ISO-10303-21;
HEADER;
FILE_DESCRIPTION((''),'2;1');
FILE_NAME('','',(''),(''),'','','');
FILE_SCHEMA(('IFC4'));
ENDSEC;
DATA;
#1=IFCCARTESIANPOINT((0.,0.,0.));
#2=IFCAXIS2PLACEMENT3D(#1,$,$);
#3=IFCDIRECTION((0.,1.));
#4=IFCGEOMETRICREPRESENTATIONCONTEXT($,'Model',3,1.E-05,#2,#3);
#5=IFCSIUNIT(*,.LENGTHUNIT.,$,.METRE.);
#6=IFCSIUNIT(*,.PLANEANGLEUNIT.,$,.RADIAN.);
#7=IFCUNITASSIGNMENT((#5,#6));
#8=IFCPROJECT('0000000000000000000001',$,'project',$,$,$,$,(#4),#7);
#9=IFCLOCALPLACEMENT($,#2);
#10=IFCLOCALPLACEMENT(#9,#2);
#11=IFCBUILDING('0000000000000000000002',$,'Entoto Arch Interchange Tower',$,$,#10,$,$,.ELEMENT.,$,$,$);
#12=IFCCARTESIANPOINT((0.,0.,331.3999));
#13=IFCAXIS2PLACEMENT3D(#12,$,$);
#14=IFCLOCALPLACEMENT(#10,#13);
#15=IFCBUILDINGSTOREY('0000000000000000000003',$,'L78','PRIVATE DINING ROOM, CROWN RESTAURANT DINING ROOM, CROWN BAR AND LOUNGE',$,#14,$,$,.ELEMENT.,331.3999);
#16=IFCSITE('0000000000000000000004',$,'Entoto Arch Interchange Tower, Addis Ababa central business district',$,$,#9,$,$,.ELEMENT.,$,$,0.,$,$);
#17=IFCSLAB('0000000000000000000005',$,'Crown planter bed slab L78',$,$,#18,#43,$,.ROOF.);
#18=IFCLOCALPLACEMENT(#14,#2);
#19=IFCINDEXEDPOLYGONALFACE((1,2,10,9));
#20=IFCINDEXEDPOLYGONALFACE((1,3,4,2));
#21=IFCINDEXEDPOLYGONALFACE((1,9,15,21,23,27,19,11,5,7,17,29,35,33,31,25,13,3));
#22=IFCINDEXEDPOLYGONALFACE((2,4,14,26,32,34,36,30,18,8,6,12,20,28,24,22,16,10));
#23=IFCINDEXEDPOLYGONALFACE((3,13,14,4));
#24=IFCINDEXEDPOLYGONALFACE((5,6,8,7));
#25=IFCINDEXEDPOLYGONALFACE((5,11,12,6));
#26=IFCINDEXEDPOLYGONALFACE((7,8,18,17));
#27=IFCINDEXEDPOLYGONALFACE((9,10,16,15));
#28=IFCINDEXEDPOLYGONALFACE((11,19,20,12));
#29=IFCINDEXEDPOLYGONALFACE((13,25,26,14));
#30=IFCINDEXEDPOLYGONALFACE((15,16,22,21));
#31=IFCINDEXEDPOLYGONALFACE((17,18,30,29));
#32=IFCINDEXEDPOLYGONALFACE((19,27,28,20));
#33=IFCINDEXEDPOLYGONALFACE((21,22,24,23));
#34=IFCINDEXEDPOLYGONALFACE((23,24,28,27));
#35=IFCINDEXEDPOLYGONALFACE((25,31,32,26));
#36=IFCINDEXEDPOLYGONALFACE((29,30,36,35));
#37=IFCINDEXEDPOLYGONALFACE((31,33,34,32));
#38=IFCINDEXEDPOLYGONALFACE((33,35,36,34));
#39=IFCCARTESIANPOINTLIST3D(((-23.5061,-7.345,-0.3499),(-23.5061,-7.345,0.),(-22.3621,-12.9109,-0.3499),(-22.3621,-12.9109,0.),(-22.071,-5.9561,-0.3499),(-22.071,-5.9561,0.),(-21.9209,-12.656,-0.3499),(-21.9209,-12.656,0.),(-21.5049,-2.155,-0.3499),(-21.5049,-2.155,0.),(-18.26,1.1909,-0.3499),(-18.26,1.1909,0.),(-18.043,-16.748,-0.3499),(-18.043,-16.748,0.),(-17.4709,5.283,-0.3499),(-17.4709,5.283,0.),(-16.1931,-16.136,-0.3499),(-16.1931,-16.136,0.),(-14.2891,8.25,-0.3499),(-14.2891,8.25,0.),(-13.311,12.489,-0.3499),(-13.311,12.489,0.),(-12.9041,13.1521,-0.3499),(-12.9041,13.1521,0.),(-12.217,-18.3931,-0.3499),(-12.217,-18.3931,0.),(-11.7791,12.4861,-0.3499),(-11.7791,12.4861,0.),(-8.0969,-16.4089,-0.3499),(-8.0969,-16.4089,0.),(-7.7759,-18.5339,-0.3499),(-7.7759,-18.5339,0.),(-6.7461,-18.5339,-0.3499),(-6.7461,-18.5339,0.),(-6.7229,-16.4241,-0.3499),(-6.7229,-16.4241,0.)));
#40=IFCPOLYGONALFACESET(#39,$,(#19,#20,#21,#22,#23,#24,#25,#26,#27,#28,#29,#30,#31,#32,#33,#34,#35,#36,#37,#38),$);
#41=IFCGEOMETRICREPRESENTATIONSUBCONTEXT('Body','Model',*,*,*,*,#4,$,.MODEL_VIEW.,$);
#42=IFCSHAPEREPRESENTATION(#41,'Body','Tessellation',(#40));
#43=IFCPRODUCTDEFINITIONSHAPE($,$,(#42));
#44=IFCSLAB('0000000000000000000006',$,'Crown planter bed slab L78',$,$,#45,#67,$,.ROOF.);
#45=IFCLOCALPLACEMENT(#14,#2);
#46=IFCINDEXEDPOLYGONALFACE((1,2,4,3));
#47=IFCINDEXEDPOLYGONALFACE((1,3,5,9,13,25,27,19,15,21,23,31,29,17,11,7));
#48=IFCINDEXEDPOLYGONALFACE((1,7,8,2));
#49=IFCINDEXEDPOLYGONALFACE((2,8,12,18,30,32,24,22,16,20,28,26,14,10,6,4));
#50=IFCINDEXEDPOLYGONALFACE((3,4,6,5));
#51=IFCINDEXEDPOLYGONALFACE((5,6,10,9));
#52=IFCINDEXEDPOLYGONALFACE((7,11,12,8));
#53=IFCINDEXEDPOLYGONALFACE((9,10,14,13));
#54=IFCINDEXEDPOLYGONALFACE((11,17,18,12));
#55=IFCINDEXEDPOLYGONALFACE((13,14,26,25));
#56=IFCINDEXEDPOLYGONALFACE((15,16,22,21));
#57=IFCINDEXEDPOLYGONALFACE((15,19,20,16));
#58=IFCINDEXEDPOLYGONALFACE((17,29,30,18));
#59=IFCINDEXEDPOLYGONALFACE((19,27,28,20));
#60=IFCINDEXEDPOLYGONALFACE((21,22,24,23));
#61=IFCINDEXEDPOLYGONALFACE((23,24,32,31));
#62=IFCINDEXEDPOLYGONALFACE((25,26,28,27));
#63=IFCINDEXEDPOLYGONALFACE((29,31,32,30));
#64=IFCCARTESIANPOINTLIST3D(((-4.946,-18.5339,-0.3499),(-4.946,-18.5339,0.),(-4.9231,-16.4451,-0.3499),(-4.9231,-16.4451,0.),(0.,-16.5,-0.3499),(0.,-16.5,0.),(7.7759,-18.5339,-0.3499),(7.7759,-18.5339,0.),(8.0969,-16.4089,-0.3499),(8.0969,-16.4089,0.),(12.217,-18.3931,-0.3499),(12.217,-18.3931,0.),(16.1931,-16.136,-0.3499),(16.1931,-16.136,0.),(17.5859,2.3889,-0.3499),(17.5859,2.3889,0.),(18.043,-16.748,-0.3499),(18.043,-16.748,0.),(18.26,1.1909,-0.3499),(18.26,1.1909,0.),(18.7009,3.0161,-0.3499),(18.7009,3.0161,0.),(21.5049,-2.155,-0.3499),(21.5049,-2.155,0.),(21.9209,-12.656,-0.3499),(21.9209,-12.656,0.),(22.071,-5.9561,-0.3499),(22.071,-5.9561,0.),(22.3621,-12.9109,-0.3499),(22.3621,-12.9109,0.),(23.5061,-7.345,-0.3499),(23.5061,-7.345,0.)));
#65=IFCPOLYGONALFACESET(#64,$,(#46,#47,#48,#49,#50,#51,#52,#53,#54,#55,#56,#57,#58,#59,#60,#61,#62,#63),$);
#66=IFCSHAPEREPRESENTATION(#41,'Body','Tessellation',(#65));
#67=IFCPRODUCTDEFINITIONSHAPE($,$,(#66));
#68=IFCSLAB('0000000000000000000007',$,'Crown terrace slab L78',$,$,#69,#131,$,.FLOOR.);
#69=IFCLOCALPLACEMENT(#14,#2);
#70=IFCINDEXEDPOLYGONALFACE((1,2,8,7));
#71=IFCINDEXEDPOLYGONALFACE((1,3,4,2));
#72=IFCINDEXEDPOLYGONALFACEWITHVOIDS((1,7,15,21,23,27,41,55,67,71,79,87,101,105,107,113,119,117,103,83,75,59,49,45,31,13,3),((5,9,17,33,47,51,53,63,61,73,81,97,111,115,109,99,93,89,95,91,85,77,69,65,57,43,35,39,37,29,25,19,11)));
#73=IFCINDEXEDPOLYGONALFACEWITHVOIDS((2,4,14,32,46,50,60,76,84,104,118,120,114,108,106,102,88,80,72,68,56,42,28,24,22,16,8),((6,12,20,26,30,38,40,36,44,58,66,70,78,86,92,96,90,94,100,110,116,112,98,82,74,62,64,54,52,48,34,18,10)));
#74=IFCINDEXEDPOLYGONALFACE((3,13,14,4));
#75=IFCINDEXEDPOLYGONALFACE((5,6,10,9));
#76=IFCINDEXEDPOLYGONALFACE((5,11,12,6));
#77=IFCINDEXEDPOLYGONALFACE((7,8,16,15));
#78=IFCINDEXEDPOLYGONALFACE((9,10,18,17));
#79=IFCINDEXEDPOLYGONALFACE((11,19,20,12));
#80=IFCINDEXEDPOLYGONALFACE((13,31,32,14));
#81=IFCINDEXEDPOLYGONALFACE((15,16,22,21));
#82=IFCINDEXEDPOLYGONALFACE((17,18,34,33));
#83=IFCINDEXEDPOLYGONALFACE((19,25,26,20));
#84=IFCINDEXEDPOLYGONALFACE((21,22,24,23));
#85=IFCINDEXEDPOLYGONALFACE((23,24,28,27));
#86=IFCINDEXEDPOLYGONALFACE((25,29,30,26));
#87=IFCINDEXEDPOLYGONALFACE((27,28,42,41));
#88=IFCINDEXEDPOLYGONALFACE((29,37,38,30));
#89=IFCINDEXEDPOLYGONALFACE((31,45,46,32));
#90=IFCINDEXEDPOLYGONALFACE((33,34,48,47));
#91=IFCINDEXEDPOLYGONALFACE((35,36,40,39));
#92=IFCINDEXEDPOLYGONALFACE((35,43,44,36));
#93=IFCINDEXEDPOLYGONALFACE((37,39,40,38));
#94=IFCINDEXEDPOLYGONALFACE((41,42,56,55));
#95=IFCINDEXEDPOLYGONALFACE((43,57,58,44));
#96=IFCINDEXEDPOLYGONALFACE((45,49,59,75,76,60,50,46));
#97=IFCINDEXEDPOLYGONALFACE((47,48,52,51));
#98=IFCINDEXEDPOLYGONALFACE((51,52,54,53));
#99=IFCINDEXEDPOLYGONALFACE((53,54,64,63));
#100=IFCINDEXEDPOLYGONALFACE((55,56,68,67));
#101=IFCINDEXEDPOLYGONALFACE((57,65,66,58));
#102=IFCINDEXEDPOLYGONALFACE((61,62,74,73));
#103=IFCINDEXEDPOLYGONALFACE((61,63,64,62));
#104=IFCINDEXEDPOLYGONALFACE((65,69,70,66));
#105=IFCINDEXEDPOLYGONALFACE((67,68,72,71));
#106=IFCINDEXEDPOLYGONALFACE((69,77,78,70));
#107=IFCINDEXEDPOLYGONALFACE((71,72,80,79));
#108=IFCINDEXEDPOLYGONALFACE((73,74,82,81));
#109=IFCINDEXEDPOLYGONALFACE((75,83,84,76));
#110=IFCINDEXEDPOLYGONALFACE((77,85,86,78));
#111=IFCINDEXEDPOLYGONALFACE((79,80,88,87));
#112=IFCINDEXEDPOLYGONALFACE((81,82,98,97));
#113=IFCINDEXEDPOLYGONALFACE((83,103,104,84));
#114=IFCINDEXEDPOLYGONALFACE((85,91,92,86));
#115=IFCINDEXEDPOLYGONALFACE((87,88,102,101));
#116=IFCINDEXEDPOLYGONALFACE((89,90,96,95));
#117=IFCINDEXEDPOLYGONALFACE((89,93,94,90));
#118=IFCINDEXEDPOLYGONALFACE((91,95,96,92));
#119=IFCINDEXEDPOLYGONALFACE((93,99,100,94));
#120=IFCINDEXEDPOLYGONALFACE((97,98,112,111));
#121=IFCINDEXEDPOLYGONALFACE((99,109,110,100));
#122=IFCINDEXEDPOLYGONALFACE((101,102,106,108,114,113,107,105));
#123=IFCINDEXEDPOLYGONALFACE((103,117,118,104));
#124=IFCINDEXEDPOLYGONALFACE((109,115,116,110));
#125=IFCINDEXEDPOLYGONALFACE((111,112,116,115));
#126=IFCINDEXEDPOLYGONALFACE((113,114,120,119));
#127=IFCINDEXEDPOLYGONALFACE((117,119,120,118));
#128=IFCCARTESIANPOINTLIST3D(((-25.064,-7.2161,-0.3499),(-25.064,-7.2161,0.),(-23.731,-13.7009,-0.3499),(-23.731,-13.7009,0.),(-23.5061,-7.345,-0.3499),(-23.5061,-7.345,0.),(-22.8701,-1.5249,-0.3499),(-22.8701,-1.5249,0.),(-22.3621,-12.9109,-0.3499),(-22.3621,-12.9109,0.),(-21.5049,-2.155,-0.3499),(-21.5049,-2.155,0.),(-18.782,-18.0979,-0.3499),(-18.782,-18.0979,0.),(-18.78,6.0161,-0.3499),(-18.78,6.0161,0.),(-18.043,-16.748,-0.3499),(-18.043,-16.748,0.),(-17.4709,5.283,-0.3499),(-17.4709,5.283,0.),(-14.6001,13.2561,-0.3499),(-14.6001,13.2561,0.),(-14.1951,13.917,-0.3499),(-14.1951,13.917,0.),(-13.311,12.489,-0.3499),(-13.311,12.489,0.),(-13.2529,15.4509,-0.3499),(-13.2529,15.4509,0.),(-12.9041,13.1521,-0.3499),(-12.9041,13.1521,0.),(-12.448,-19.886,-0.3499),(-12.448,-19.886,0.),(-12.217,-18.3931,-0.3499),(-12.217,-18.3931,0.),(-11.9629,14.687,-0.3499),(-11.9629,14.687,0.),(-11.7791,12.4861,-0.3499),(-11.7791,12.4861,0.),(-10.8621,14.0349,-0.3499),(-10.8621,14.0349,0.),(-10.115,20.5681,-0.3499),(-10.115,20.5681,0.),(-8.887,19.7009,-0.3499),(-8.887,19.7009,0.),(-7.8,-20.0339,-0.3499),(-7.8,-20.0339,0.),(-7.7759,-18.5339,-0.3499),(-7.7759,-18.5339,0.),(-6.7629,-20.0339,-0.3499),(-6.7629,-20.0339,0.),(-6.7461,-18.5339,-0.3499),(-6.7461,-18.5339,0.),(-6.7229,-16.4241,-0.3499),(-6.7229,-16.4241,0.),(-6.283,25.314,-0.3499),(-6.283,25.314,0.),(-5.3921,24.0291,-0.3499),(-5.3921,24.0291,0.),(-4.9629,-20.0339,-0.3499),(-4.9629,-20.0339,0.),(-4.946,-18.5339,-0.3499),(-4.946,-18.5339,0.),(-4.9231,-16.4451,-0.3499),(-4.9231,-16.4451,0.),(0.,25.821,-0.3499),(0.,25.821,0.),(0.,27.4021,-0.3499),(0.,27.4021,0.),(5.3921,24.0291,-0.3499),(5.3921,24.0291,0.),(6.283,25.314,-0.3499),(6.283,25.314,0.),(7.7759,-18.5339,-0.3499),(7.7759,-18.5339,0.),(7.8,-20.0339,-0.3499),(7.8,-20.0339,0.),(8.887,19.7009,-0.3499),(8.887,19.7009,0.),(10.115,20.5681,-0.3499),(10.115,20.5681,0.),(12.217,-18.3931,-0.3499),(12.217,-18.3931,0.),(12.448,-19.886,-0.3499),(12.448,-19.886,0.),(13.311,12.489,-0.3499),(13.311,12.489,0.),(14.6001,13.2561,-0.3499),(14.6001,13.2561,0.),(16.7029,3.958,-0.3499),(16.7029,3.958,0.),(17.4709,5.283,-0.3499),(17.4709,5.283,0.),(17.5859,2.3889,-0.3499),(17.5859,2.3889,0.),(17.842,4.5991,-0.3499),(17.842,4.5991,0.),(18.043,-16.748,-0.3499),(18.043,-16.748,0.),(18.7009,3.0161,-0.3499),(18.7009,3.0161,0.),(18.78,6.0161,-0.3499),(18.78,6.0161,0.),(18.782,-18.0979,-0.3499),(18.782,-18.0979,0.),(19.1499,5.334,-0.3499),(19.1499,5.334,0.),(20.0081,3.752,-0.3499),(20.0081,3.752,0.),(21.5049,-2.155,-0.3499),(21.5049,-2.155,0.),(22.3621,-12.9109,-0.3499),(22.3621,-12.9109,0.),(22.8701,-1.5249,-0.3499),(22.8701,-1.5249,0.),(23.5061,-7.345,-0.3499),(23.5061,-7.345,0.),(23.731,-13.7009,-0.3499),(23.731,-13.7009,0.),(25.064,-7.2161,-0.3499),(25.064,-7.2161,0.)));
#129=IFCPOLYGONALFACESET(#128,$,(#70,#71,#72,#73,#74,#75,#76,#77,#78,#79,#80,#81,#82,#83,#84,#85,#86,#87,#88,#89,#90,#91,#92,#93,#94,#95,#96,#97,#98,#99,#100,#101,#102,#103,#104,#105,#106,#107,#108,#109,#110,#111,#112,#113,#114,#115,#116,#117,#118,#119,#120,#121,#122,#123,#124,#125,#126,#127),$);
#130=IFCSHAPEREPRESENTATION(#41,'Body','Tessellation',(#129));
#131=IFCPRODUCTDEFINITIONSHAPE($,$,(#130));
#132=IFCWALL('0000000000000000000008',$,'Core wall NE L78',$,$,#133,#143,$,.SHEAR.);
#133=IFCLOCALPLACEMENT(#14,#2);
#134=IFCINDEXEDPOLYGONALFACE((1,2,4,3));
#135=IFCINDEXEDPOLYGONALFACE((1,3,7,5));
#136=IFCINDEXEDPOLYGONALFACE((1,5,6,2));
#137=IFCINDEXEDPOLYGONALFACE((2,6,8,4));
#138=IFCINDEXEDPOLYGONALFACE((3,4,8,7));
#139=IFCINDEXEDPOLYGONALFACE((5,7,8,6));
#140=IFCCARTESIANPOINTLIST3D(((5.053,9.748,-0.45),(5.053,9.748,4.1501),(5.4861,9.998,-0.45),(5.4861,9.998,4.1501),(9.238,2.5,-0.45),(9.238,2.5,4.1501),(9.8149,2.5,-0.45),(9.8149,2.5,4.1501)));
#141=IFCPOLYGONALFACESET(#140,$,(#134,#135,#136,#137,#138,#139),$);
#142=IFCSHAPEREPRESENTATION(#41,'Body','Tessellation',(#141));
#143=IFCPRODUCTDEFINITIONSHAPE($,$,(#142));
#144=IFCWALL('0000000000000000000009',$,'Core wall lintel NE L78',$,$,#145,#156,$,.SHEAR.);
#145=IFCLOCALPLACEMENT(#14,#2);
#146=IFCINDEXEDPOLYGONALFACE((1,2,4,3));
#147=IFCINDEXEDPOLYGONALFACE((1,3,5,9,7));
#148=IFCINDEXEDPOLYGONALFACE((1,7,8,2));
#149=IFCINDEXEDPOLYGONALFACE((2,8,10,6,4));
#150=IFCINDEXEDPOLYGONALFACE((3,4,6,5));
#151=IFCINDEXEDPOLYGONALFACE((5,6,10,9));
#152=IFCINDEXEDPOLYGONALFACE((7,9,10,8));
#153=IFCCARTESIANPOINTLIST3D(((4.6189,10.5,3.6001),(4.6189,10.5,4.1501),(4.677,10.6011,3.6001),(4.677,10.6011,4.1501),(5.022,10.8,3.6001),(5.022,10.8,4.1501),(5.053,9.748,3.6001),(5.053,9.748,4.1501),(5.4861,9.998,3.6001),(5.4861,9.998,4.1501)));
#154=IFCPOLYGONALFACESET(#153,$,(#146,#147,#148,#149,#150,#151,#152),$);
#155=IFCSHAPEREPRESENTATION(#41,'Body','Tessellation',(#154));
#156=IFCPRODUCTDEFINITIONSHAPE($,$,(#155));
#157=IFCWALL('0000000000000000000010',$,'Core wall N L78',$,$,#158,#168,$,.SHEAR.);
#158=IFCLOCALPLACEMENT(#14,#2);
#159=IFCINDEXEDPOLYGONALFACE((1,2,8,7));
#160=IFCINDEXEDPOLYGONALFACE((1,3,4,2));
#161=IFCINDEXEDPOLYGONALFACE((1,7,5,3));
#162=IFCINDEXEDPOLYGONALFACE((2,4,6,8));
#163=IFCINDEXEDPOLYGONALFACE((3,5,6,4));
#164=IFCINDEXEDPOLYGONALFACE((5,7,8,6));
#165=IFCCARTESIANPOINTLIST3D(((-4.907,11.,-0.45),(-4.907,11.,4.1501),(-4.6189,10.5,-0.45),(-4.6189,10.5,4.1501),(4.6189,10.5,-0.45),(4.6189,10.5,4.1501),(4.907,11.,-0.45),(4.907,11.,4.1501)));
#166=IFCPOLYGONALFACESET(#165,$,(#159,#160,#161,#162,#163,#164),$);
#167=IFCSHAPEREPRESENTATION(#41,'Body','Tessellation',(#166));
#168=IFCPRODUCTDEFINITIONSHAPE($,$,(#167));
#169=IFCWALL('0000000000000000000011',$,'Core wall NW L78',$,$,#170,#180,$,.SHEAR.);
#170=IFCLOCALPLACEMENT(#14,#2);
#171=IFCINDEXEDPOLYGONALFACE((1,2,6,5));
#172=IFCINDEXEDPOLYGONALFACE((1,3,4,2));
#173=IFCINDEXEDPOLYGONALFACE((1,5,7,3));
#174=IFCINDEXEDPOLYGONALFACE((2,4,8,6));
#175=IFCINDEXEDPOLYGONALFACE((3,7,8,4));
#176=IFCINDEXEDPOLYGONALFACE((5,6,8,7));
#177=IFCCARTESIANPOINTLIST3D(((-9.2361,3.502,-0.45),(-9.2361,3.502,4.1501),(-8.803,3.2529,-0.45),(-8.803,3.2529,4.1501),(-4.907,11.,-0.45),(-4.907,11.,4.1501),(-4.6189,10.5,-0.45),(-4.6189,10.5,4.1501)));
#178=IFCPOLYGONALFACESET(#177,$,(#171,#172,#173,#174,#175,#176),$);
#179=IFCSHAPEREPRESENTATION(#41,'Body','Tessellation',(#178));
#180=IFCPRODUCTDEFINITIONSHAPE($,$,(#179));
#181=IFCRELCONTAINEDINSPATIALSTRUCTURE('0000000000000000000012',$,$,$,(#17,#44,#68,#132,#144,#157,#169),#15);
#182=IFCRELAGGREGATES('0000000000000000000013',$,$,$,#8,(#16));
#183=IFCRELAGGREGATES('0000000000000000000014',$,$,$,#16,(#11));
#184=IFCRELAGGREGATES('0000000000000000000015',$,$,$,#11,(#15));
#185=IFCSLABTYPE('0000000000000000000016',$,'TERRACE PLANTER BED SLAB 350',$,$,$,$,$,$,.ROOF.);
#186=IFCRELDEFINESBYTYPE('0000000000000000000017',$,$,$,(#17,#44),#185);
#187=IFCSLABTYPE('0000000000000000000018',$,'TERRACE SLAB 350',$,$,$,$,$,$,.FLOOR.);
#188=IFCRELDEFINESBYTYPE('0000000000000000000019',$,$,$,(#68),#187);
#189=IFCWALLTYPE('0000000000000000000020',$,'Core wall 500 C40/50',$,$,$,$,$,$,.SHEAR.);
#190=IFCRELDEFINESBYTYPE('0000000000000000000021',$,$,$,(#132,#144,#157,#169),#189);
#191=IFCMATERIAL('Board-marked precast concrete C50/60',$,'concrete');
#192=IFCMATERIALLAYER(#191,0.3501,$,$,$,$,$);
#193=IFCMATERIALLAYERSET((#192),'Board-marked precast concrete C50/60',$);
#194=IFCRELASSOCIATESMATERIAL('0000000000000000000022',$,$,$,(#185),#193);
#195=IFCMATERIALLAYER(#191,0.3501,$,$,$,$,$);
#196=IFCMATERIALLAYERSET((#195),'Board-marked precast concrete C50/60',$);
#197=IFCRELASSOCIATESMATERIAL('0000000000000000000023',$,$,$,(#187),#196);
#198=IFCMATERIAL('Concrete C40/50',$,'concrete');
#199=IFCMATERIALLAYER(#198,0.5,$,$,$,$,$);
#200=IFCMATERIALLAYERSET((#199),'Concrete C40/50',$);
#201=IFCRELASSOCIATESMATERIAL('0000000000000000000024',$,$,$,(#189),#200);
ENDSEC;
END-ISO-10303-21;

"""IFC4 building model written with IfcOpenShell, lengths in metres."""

from ifc_helpers import new_model, si_unit, direction, frame, origin, place, context, subcontext, project, spatial, polyline, outline, extrude, material, layer, layer_set, type_object, element, save


model = new_model("IFC4")

# Units and contexts
model_context = context("Model", 3, precision=1e-05, world=origin(), true_north=direction((0.0, 1.0)))
body_context = subcontext(model_context, "Body", "Model", "MODEL_VIEW")
ifc_project = project(units=[si_unit("LENGTHUNIT", "METRE"), si_unit("PLANEANGLEUNIT", "RADIAN")], contexts=[model_context])

# Site, building, storey
site_placement = place(None, origin())
site = spatial("IfcSite", under=ifc_project, at=site_placement, Name="Entoto Arch Interchange Tower, Addis Ababa central business district", CompositionType="ELEMENT", RefElevation=0.0)
building_placement = place(site_placement, origin())
building = spatial("IfcBuilding", under=site, at=building_placement, Name="Entoto Arch Interchange Tower", CompositionType="ELEMENT")
storey_placement = place(building_placement, frame((0.0, 0.0, 331.3999)))
storey = spatial("IfcBuildingStorey", under=building, at=storey_placement, Name="L78", Description="PRIVATE DINING ROOM, CROWN RESTAURANT DINING ROOM, CROWN BAR AND LOUNGE", CompositionType="ELEMENT", Elevation=331.3999)

# Slabs
ifc_material_1 = material(Name="Board-marked precast concrete C50/60", Category="concrete")
ifc_layer_1 = layer(ifc_material_1, 0.3501)
ifc_layer_set_1 = layer_set([ifc_layer_1], Name="Board-marked precast concrete C50/60")
slab_type_1 = type_object("IfcSlabType", Name="TERRACE PLANTER BED SLAB 350", PredefinedType="ROOF", material=ifc_layer_set_1)
slab_1_placement = place(storey_placement, frame((0.0, 0.0, -0.3499)))
element("IfcSlab", 1, at=slab_1_placement, inside=storey, type_object=slab_type_1, Name="Crown planter bed slab L78", PredefinedType="ROOF", context=body_context, shape_type="SweptSolid", body=[
    extrude(outline(polyline([(-6.7461, -18.5339), (-7.7759, -18.5339), (-12.217, -18.3931), (-18.043, -16.748), (-22.3621, -12.9109), (-23.5061, -7.345), (-21.5049, -2.155), (-17.4709, 5.283), (-13.311, 12.489), (-12.9041, 13.1521), (-11.7791, 12.4861), (-14.2891, 8.25), (-18.26, 1.1909), (-22.071, -5.9561), (-21.9209, -12.656), (-16.1931, -16.136), (-8.0969, -16.4089), (-6.7229, -16.4241), (-6.7461, -18.5339)])), origin(), (0.0, 0.0, 1.0), 0.3499),
])
slab_2_placement = place(storey_placement, frame((0.0, 0.0, -0.3499)))
element("IfcSlab", 2, at=slab_2_placement, inside=storey, type_object=slab_type_1, Name="Crown planter bed slab L78", PredefinedType="ROOF", context=body_context, shape_type="SweptSolid", body=[
    extrude(outline(polyline([(8.0969, -16.4089), (16.1931, -16.136), (21.9209, -12.656), (22.071, -5.9561), (18.26, 1.1909), (17.5859, 2.3889), (18.7009, 3.0161), (21.5049, -2.155), (23.5061, -7.345), (22.3621, -12.9109), (18.043, -16.748), (12.217, -18.3931), (7.7759, -18.5339), (-4.946, -18.5339), (-4.9231, -16.4451), (0.0, -16.5), (8.0969, -16.4089)])), origin(), (0.0, 0.0, 1.0), 0.3499),
])
ifc_layer_2 = layer(ifc_material_1, 0.3501)
ifc_layer_set_2 = layer_set([ifc_layer_2], Name="Board-marked precast concrete C50/60")
slab_type_2 = type_object("IfcSlabType", Name="TERRACE SLAB 350", PredefinedType="FLOOR", material=ifc_layer_set_2)
slab_3_placement = place(storey_placement, frame((0.0, 0.0, -0.3499)))
element("IfcSlab", 3, at=slab_3_placement, inside=storey, type_object=slab_type_2, Name="Crown terrace slab L78", PredefinedType="FLOOR", context=body_context, shape_type="SweptSolid", body=[
    extrude(outline(polyline([(-25.064, -7.2161), (-22.8701, -1.5249), (-18.78, 6.0161), (-14.6001, 13.2561), (-14.1951, 13.917), (-13.2529, 15.4509), (-10.115, 20.5681), (-6.283, 25.314), (0.0, 27.4021), (6.283, 25.314), (10.115, 20.5681), (14.6001, 13.2561), (18.78, 6.0161), (19.1499, 5.334), (20.0081, 3.752), (22.8701, -1.5249), (25.064, -7.2161), (23.731, -13.7009), (18.782, -18.0979), (12.448, -19.886), (7.8, -20.0339), (-4.9629, -20.0339), (-6.7629, -20.0339), (-7.8, -20.0339), (-12.448, -19.886), (-18.782, -18.0979), (-23.731, -13.7009), (-25.064, -7.2161)]), holes=[polyline([(-4.946, -18.5339), (7.7759, -18.5339), (12.217, -18.3931), (18.043, -16.748), (22.3621, -12.9109), (23.5061, -7.345), (21.5049, -2.155), (18.7009, 3.0161), (17.5859, 2.3889), (16.7029, 3.958), (17.842, 4.5991), (17.4709, 5.283), (13.311, 12.489), (8.887, 19.7009), (5.3921, 24.0291), (0.0, 25.821), (-5.3921, 24.0291), (-8.887, 19.7009), (-11.9629, 14.687), (-10.8621, 14.0349), (-11.7791, 12.4861), (-12.9041, 13.1521), (-13.311, 12.489), (-17.4709, 5.283), (-21.5049, -2.155), (-23.5061, -7.345), (-22.3621, -12.9109), (-18.043, -16.748), (-12.217, -18.3931), (-7.7759, -18.5339), (-6.7461, -18.5339), (-6.7229, -16.4241), (-4.9231, -16.4451), (-4.946, -18.5339)])]), origin(), (0.0, 0.0, 1.0), 0.3499),
])

# Walls
ifc_material_2 = material(Name="Concrete C40/50", Category="concrete")
ifc_layer_3 = layer(ifc_material_2, 0.5)
ifc_layer_set_3 = layer_set([ifc_layer_3], Name="Concrete C40/50")
wall_type = type_object("IfcWallType", Name="Core wall 500 C40/50", PredefinedType="SHEAR", material=ifc_layer_set_3)
wall_1_placement = place(storey_placement, frame((0.0, 0.0, -0.45)))
element("IfcWall", 4, at=wall_1_placement, inside=storey, type_object=wall_type, Name="Core wall NE L78", PredefinedType="SHEAR", context=body_context, shape_type="SweptSolid", body=[
    extrude(outline(polyline([(5.4861, 9.998), (5.053, 9.748), (9.238, 2.5), (9.8149, 2.5), (5.4861, 9.998)])), origin(), (0.0, 0.0, 1.0), 4.6001),
])
wall_2_placement = place(storey_placement, frame((0.0, 0.0, 3.6001)))
element("IfcWall", 5, at=wall_2_placement, inside=storey, type_object=wall_type, Name="Core wall lintel NE L78", PredefinedType="SHEAR", context=body_context, shape_type="SweptSolid", body=[
    extrude(outline(polyline([(5.022, 10.8), (4.677, 10.6011), (4.6189, 10.5), (5.053, 9.748), (5.4861, 9.998), (5.022, 10.8)])), origin(), (0.0, 0.0, 1.0), 0.55),
])
wall_3_placement = place(storey_placement, frame((0.0, 0.0, -0.45)))
element("IfcWall", 6, at=wall_3_placement, inside=storey, type_object=wall_type, Name="Core wall N L78", PredefinedType="SHEAR", context=body_context, shape_type="SweptSolid", body=[
    extrude(outline(polyline([(4.907, 11.0), (-4.907, 11.0), (-4.6189, 10.5), (4.6189, 10.5), (4.907, 11.0)])), origin(), (0.0, 0.0, 1.0), 4.6001),
])
wall_4_placement = place(storey_placement, frame((0.0, 0.0, -0.45)))
element("IfcWall", 7, at=wall_4_placement, inside=storey, type_object=wall_type, Name="Core wall NW L78", PredefinedType="SHEAR", context=body_context, shape_type="SweptSolid", body=[
    extrude(outline(polyline([(-9.2361, 3.502), (-8.803, 3.2529), (-4.6189, 10.5), (-4.907, 11.0), (-9.2361, 3.502)])), origin(), (0.0, 0.0, 1.0), 4.6001),
])

save(model, "model.ifc")
